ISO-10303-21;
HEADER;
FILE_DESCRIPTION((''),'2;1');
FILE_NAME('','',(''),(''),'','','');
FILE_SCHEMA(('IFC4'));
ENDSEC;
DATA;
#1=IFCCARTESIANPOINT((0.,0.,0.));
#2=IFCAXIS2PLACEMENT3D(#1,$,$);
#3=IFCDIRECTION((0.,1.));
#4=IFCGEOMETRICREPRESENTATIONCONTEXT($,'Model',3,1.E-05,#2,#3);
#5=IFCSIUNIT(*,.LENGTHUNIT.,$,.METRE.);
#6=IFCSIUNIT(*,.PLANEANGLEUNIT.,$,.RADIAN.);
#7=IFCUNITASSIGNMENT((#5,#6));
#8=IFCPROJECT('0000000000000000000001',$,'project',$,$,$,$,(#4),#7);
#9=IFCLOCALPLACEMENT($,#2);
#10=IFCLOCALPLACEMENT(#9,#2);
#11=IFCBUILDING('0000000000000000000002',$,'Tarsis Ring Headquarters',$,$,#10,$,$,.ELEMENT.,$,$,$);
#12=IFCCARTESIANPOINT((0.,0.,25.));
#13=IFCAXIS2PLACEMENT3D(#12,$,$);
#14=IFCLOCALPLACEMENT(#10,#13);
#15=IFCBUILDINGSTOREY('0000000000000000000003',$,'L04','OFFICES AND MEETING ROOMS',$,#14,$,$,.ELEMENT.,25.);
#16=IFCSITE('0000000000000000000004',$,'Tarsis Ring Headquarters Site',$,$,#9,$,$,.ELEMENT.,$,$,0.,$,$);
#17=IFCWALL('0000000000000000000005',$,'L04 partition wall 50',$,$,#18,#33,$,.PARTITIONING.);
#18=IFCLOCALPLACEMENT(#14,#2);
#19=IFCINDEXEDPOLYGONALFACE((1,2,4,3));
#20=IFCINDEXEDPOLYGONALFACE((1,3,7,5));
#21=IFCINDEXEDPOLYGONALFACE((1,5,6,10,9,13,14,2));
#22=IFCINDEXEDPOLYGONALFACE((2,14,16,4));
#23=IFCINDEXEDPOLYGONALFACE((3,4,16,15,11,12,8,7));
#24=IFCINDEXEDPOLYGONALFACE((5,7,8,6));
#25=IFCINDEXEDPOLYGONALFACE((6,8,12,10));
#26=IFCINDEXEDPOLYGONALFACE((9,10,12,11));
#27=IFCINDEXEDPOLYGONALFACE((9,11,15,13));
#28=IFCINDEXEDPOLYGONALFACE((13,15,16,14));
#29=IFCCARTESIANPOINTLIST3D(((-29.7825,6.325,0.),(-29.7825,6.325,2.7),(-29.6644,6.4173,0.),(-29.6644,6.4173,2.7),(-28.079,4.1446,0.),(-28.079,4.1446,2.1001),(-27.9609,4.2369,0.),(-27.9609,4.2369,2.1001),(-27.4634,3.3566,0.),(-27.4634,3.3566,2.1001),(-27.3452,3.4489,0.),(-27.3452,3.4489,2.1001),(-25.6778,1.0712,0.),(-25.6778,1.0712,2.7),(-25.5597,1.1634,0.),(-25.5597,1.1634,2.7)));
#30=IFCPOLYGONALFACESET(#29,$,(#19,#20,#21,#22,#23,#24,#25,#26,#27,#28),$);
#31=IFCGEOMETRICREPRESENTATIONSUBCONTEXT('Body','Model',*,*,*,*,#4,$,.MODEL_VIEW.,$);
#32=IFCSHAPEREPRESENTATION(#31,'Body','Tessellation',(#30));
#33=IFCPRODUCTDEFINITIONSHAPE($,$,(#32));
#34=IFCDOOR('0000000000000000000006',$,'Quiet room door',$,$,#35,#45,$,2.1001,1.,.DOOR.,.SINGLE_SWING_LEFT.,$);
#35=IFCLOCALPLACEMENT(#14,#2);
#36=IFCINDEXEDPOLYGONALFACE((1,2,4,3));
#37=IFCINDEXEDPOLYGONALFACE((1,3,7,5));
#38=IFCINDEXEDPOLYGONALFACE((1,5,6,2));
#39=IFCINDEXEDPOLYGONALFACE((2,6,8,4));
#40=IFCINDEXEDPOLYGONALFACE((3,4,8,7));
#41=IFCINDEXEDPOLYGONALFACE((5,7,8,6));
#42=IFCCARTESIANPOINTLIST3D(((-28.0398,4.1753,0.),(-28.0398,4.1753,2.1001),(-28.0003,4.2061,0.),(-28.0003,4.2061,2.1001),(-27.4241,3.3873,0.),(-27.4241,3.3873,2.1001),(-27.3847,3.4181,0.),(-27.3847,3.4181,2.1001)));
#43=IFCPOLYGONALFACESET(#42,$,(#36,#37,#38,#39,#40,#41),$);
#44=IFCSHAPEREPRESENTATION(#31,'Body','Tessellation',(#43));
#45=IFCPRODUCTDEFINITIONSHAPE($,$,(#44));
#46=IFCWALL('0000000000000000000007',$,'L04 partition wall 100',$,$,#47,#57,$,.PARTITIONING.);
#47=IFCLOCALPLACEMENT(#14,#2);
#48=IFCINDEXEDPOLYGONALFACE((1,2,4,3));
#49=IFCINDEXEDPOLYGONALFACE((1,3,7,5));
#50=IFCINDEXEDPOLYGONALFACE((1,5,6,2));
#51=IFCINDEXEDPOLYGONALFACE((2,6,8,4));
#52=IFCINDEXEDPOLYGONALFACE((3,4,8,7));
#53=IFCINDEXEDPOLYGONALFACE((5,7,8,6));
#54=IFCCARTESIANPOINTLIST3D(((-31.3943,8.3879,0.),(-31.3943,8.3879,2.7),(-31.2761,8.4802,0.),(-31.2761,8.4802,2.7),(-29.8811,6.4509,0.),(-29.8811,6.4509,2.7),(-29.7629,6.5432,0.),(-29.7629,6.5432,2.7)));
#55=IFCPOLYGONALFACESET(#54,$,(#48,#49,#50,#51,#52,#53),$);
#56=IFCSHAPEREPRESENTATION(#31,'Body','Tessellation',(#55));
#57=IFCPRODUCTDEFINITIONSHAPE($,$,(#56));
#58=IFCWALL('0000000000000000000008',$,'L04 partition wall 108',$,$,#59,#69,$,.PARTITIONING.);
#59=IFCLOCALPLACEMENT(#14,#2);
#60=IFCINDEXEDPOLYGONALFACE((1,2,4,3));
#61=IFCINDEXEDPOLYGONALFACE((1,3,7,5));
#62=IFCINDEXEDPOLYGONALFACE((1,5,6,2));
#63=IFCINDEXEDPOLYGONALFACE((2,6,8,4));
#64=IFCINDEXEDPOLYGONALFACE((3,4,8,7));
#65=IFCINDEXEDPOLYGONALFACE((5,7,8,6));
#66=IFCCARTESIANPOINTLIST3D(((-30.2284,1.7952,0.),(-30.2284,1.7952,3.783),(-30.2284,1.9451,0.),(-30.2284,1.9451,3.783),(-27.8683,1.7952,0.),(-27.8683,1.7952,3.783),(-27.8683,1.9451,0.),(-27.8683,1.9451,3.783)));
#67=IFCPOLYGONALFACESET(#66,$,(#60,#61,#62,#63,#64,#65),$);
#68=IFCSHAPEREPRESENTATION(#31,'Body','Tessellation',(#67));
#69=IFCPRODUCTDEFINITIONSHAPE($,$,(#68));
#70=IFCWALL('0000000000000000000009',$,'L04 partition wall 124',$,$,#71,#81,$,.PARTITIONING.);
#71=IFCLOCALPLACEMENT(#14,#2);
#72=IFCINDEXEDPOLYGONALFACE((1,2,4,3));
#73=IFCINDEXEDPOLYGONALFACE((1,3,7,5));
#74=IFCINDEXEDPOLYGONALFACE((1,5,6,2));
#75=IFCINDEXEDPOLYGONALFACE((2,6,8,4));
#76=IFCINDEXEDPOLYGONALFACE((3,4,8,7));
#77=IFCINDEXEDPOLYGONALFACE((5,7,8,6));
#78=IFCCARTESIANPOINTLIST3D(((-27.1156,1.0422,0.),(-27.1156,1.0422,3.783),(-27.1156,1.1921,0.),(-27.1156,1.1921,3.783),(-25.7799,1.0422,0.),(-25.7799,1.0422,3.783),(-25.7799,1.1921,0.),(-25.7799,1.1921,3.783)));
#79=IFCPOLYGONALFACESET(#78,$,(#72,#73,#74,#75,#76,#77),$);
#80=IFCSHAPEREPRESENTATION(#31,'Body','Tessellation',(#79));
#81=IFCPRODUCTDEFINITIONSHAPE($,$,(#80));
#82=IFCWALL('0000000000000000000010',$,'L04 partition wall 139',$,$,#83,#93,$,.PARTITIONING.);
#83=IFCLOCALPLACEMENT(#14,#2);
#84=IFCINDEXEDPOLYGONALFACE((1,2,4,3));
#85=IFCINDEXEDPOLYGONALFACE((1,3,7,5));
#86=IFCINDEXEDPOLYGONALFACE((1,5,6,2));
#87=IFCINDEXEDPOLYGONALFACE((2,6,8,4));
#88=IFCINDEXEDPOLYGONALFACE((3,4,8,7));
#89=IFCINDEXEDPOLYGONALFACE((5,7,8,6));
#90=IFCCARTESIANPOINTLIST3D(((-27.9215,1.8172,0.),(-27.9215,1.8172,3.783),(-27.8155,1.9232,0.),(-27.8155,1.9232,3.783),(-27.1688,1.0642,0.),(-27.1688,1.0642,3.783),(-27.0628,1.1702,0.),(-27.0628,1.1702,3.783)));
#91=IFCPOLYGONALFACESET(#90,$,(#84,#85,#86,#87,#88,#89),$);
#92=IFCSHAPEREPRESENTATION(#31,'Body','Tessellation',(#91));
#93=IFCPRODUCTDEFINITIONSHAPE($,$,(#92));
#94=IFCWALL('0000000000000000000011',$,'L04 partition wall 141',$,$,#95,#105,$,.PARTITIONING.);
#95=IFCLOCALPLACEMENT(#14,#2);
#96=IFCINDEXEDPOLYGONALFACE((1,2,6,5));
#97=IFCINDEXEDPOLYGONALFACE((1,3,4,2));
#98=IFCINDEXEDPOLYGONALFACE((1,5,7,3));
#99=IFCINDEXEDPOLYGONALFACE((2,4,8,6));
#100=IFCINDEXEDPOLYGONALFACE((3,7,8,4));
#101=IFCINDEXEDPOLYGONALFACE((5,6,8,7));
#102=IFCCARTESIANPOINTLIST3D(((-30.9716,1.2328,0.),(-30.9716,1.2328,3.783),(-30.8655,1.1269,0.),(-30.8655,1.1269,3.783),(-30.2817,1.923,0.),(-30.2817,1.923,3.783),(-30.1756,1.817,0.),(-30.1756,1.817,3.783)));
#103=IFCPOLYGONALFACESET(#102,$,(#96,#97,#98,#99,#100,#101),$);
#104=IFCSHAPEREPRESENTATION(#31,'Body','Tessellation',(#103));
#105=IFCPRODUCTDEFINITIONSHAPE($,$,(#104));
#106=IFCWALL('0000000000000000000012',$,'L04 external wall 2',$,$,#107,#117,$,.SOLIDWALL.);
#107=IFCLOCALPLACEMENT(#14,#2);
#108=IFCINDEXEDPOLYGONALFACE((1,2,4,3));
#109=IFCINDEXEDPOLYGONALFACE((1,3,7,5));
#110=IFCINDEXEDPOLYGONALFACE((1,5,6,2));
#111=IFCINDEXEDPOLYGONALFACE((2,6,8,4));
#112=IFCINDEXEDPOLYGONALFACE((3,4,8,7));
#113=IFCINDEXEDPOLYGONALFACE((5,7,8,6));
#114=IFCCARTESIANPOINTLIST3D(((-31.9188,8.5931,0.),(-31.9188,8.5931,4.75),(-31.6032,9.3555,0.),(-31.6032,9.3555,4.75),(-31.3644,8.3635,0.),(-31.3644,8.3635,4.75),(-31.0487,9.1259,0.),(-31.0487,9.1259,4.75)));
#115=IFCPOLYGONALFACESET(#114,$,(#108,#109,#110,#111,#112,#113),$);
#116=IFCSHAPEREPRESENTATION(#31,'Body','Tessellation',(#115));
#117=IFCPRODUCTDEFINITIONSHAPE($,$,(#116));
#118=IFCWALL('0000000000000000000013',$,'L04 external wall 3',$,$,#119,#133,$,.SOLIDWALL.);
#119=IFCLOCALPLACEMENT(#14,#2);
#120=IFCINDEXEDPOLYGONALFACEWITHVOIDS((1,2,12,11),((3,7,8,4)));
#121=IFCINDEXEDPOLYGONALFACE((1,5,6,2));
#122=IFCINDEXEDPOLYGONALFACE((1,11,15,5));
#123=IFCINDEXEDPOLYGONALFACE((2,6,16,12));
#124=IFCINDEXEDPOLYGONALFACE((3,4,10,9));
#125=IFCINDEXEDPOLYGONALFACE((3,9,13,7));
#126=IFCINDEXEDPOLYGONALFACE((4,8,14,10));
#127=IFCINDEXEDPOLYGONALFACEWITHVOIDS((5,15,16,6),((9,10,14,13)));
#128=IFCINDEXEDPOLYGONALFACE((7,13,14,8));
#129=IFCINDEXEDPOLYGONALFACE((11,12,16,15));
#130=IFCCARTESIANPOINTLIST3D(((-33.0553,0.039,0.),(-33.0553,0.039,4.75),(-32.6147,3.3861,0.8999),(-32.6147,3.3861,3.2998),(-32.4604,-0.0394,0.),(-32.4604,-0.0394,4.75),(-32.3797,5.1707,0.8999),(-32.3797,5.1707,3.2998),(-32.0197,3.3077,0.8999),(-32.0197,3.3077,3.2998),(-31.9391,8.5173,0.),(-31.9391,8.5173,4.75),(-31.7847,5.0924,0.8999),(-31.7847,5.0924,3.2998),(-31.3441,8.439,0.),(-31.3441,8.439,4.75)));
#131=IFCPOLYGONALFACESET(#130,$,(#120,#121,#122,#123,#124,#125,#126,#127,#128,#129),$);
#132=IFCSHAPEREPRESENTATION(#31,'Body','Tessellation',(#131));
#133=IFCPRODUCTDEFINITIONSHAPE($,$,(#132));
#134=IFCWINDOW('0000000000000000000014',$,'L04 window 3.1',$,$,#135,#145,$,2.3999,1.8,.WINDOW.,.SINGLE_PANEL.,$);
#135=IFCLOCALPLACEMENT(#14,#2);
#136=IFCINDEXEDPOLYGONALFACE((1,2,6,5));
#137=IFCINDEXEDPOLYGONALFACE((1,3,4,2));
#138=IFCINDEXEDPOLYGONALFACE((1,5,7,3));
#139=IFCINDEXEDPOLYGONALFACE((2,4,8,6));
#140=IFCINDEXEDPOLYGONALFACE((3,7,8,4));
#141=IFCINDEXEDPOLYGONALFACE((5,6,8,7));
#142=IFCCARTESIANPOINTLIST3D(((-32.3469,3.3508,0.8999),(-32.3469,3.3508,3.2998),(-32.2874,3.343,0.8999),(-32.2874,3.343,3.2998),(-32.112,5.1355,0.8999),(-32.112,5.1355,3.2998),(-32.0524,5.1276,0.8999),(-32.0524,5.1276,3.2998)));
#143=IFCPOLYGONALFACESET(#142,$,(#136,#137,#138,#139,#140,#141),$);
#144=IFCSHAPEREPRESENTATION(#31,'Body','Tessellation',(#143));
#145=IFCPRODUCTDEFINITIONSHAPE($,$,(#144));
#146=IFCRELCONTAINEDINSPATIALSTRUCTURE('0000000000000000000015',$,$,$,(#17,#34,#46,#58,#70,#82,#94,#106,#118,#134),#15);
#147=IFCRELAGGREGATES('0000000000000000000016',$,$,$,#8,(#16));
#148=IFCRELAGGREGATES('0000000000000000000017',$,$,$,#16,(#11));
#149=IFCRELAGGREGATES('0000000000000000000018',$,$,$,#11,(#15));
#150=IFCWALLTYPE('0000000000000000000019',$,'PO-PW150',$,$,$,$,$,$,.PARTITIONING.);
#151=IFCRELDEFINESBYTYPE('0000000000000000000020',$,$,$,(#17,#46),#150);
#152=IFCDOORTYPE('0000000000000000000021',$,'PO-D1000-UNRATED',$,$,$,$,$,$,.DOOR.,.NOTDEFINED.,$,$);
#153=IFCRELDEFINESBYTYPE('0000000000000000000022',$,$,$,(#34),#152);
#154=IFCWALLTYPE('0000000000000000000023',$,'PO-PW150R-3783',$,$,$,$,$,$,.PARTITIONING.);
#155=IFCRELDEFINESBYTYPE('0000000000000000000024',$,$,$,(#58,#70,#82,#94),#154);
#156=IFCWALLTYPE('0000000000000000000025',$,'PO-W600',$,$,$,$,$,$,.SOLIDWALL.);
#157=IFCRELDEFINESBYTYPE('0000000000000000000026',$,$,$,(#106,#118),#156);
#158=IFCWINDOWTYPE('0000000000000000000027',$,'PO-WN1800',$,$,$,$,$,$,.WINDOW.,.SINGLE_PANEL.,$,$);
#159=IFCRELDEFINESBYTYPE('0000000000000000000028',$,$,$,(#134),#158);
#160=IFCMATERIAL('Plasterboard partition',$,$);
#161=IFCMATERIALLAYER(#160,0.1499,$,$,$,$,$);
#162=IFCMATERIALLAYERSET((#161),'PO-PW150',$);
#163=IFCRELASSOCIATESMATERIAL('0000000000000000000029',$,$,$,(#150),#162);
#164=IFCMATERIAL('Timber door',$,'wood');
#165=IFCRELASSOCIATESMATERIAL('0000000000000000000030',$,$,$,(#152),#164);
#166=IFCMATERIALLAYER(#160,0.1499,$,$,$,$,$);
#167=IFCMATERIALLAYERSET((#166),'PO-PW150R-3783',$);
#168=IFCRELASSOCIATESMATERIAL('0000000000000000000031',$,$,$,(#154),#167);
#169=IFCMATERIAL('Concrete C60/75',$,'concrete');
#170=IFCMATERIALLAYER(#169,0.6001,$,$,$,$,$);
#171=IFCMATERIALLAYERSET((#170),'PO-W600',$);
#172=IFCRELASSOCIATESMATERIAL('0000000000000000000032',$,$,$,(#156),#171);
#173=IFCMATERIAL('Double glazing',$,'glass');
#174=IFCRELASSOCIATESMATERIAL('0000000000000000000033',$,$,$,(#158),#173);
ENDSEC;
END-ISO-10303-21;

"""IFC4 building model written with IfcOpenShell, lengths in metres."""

from ifc_helpers import new_model, si_unit, direction, frame, frame_2d, origin, place, context, subcontext, project, spatial, rectangle, extrude, material, layer, layer_set, type_object, element, fill, save


model = new_model("IFC4")

# Units and contexts
model_context = context("Model", 3, precision=1e-05, world=origin(), true_north=direction((0.0, 1.0)))
body_context = subcontext(model_context, "Body", "Model", "MODEL_VIEW")
ifc_project = project(units=[si_unit("LENGTHUNIT", "METRE"), si_unit("PLANEANGLEUNIT", "RADIAN")], contexts=[model_context])

# Site, building, storey
site_placement = place(None, origin())
site = spatial("IfcSite", under=ifc_project, at=site_placement, Name="Tarsis Ring Headquarters Site", CompositionType="ELEMENT", RefElevation=0.0)
building_placement = place(site_placement, origin())
building = spatial("IfcBuilding", under=site, at=building_placement, Name="Tarsis Ring Headquarters", CompositionType="ELEMENT")
storey_placement = place(building_placement, frame((0.0, 0.0, 25.0)))
storey = spatial("IfcBuildingStorey", under=building, at=storey_placement, Name="L04", Description="OFFICES AND MEETING ROOMS", CompositionType="ELEMENT", Elevation=25.0)

# Wall, opening, door
ifc_material_1 = material(Name="Plasterboard partition")
ifc_layer_1 = layer(ifc_material_1, 0.1499)
ifc_layer_set_1 = layer_set([ifc_layer_1], Name="PO-PW150")
wall_type_1 = type_object("IfcWallType", Name="PO-PW150", PredefinedType="PARTITIONING", material=ifc_layer_set_1)
wall_1_placement = place(storey_placement, frame((-29.7234, 6.3711, 0.0), z_axis=(0.0, 0.0, 1.0), x_axis=(0.615655, -0.788015, 0.0)))
wall_1 = element("IfcWall", 1, at=wall_1_placement, inside=storey, type_object=wall_type_1, Name="L04 partition wall 50", PredefinedType="PARTITIONING", context=body_context, shape_type="SweptSolid", body=[
    extrude(rectangle(XDim=6.6672, YDim=0.1499, at=frame_2d((3.3335, 0.0))), origin(), (0.0, 0.0, 1.0), 2.7),
])
opening_1_placement = place(wall_1_placement, frame((2.7668, 0.0, 0.0)))
opening_1 = element("IfcOpeningElement", 2, at=opening_1_placement, cuts=wall_1, PredefinedType="OPENING", context=body_context, shape_type="SweptSolid", body=[
    extrude(rectangle(XDim=1.0, YDim=2.1001, at=frame_2d((0.5, 1.05))), frame((0.0, 0.085, 0.0), z_axis=(0.0, -1.0, 0.0), x_axis=(1.0, 0.0, 0.0)), (0.0, 0.0, 1.0), 0.1699),
])
ifc_material_2 = material(Name="Timber door", Category="wood")
door_type = type_object("IfcDoorType", Name="PO-D1000-UNRATED", OperationType="NOTDEFINED", PredefinedType="DOOR", material=ifc_material_2)
door_placement = place(opening_1_placement, origin())
door = element("IfcDoor", 3, at=door_placement, inside=storey, type_object=door_type, Name="Quiet room door", OperationType="SINGLE_SWING_LEFT", OverallHeight=2.1001, OverallWidth=1.0, PredefinedType="DOOR", context=body_context, shape_type="SweptSolid", body=[
    extrude(rectangle(XDim=1.0, YDim=2.1001, at=frame_2d((0.5, 1.05))), frame((0.0, 0.0249, 0.0), z_axis=(0.0, -1.0, 0.0), x_axis=(1.0, 0.0, 0.0)), (0.0, 0.0, 1.0), 0.05),
])
fill(opening_1, door)

# Walls
wall_2_placement = place(storey_placement, frame((-31.3352, 8.4341, 0.0), z_axis=(0.0, 0.0, 1.0), x_axis=(0.615617, -0.788045, 0.0)))
element("IfcWall", 4, at=wall_2_placement, inside=storey, type_object=wall_type_1, Name="L04 partition wall 100", PredefinedType="PARTITIONING", context=body_context, shape_type="SweptSolid", body=[
    extrude(rectangle(XDim=2.458, YDim=0.1499, at=frame_2d((1.229, 0.0))), origin(), (0.0, 0.0, 1.0), 2.7),
])
ifc_layer_2 = layer(ifc_material_1, 0.1499)
ifc_layer_set_2 = layer_set([ifc_layer_2], Name="PO-PW150R-3783")
wall_type_2 = type_object("IfcWallType", Name="PO-PW150R-3783", PredefinedType="PARTITIONING", material=ifc_layer_set_2)
wall_3_placement = place(storey_placement, frame((-30.2285, 1.8701, 0.0), z_axis=(0.0, 0.0, 1.0), x_axis=(1.0, 0.0, 0.0)))
element("IfcWall", 5, at=wall_3_placement, inside=storey, type_object=wall_type_2, Name="L04 partition wall 108", PredefinedType="PARTITIONING", context=body_context, shape_type="SweptSolid", body=[
    extrude(rectangle(XDim=2.3601, YDim=0.1499, at=frame_2d((1.1802, 0.0))), origin(), (0.0, 0.0, 1.0), 3.783),
])
wall_4_placement = place(storey_placement, frame((-27.1157, 1.1172, 0.0), z_axis=(0.0, 0.0, 1.0), x_axis=(1.0, 0.0, 0.0)))
element("IfcWall", 6, at=wall_4_placement, inside=storey, type_object=wall_type_2, Name="L04 partition wall 124", PredefinedType="PARTITIONING", context=body_context, shape_type="SweptSolid", body=[
    extrude(rectangle(XDim=1.3357, YDim=0.1499, at=frame_2d((0.668, 0.0))), origin(), (0.0, 0.0, 1.0), 3.783),
])
wall_5_placement = place(storey_placement, frame((-27.8684, 1.8701, 0.0), z_axis=(0.0, 0.0, 1.0), x_axis=(0.706992, -0.707221, 0.0)))
element("IfcWall", 7, at=wall_5_placement, inside=storey, type_object=wall_type_2, Name="L04 partition wall 139", PredefinedType="PARTITIONING", context=body_context, shape_type="SweptSolid", body=[
    extrude(rectangle(XDim=1.0647, YDim=0.1499, at=frame_2d((0.5322, 0.0))), origin(), (0.0, 0.0, 1.0), 3.783),
])
wall_6_placement = place(storey_placement, frame((-30.9185, 1.1799, 0.0), z_axis=(0.0, 0.0, 1.0), x_axis=(0.706982, 0.707232, 0.0)))
element("IfcWall", 8, at=wall_6_placement, inside=storey, type_object=wall_type_2, Name="L04 partition wall 141", PredefinedType="PARTITIONING", context=body_context, shape_type="SweptSolid", body=[
    extrude(rectangle(XDim=0.9758, YDim=0.1499, at=frame_2d((0.4878, 0.0))), origin(), (0.0, 0.0, 1.0), 3.783),
])
ifc_material_3 = material(Name="Concrete C60/75", Category="concrete")
ifc_layer_3 = layer(ifc_material_3, 0.6001)
ifc_layer_set_3 = layer_set([ifc_layer_3], Name="PO-W600")
wall_type_3 = type_object("IfcWallType", Name="PO-W600", PredefinedType="SOLIDWALL", material=ifc_layer_set_3)
wall_7_placement = place(storey_placement, frame((-31.3259, 9.2407, 0.0), z_axis=(0.0, 0.0, 1.0), x_axis=(-0.382535, -0.923941, 0.0)))
element("IfcWall", 9, at=wall_7_placement, inside=storey, type_object=wall_type_3, Name="L04 external wall 2", PredefinedType="SOLIDWALL", context=body_context, shape_type="SweptSolid", body=[
    extrude(rectangle(XDim=0.8252, YDim=0.6001, at=frame_2d((0.4126, 0.0))), origin(), (0.0, 0.0, 1.0), 4.75),
])

# Wall, opening, window
wall_8_placement = place(storey_placement, frame((-31.6416, 8.4783, 0.0), z_axis=(0.0, 0.0, 1.0), x_axis=(-0.130529, -0.991444, 0.0)))
wall_8 = element("IfcWall", 10, at=wall_8_placement, inside=storey, type_object=wall_type_3, Name="L04 external wall 3", PredefinedType="SOLIDWALL", context=body_context, shape_type="SweptSolid", body=[
    extrude(rectangle(XDim=8.5515, YDim=0.6001, at=frame_2d((4.2759, 0.0))), origin(), (0.0, 0.0, 1.0), 4.75),
])
opening_2_placement = place(wall_8_placement, frame((3.3757, 0.0, 0.8999)))
opening_2 = element("IfcOpeningElement", 11, at=opening_2_placement, cuts=wall_8, PredefinedType="OPENING", context=body_context, shape_type="SweptSolid", body=[
    extrude(rectangle(XDim=1.8, YDim=2.3999, at=frame_2d((0.8999, 1.2))), frame((0.0, 0.3101, 0.0), z_axis=(0.0, -1.0, 0.0), x_axis=(1.0, 0.0, 0.0)), (0.0, 0.0, 1.0), 0.6201),
])
ifc_material_4 = material(Name="Double glazing", Category="glass")
window_type = type_object("IfcWindowType", Name="PO-WN1800", PartitioningType="SINGLE_PANEL", PredefinedType="WINDOW", material=ifc_material_4)
window_placement = place(opening_2_placement, origin())
window = element("IfcWindow", 12, at=window_placement, inside=storey, type_object=window_type, Name="L04 window 3.1", OverallHeight=2.3999, OverallWidth=1.8, PartitioningType="SINGLE_PANEL", PredefinedType="WINDOW", context=body_context, shape_type="SweptSolid", body=[
    extrude(rectangle(XDim=1.8, YDim=2.3999, at=frame_2d((0.8999, 1.2))), frame((0.0, 0.03, 0.0), z_axis=(0.0, -1.0, 0.0), x_axis=(1.0, 0.0, 0.0)), (0.0, 0.0, 1.0), 0.0601),
])
fill(opening_2, window)

save(model, "model.ifc")
